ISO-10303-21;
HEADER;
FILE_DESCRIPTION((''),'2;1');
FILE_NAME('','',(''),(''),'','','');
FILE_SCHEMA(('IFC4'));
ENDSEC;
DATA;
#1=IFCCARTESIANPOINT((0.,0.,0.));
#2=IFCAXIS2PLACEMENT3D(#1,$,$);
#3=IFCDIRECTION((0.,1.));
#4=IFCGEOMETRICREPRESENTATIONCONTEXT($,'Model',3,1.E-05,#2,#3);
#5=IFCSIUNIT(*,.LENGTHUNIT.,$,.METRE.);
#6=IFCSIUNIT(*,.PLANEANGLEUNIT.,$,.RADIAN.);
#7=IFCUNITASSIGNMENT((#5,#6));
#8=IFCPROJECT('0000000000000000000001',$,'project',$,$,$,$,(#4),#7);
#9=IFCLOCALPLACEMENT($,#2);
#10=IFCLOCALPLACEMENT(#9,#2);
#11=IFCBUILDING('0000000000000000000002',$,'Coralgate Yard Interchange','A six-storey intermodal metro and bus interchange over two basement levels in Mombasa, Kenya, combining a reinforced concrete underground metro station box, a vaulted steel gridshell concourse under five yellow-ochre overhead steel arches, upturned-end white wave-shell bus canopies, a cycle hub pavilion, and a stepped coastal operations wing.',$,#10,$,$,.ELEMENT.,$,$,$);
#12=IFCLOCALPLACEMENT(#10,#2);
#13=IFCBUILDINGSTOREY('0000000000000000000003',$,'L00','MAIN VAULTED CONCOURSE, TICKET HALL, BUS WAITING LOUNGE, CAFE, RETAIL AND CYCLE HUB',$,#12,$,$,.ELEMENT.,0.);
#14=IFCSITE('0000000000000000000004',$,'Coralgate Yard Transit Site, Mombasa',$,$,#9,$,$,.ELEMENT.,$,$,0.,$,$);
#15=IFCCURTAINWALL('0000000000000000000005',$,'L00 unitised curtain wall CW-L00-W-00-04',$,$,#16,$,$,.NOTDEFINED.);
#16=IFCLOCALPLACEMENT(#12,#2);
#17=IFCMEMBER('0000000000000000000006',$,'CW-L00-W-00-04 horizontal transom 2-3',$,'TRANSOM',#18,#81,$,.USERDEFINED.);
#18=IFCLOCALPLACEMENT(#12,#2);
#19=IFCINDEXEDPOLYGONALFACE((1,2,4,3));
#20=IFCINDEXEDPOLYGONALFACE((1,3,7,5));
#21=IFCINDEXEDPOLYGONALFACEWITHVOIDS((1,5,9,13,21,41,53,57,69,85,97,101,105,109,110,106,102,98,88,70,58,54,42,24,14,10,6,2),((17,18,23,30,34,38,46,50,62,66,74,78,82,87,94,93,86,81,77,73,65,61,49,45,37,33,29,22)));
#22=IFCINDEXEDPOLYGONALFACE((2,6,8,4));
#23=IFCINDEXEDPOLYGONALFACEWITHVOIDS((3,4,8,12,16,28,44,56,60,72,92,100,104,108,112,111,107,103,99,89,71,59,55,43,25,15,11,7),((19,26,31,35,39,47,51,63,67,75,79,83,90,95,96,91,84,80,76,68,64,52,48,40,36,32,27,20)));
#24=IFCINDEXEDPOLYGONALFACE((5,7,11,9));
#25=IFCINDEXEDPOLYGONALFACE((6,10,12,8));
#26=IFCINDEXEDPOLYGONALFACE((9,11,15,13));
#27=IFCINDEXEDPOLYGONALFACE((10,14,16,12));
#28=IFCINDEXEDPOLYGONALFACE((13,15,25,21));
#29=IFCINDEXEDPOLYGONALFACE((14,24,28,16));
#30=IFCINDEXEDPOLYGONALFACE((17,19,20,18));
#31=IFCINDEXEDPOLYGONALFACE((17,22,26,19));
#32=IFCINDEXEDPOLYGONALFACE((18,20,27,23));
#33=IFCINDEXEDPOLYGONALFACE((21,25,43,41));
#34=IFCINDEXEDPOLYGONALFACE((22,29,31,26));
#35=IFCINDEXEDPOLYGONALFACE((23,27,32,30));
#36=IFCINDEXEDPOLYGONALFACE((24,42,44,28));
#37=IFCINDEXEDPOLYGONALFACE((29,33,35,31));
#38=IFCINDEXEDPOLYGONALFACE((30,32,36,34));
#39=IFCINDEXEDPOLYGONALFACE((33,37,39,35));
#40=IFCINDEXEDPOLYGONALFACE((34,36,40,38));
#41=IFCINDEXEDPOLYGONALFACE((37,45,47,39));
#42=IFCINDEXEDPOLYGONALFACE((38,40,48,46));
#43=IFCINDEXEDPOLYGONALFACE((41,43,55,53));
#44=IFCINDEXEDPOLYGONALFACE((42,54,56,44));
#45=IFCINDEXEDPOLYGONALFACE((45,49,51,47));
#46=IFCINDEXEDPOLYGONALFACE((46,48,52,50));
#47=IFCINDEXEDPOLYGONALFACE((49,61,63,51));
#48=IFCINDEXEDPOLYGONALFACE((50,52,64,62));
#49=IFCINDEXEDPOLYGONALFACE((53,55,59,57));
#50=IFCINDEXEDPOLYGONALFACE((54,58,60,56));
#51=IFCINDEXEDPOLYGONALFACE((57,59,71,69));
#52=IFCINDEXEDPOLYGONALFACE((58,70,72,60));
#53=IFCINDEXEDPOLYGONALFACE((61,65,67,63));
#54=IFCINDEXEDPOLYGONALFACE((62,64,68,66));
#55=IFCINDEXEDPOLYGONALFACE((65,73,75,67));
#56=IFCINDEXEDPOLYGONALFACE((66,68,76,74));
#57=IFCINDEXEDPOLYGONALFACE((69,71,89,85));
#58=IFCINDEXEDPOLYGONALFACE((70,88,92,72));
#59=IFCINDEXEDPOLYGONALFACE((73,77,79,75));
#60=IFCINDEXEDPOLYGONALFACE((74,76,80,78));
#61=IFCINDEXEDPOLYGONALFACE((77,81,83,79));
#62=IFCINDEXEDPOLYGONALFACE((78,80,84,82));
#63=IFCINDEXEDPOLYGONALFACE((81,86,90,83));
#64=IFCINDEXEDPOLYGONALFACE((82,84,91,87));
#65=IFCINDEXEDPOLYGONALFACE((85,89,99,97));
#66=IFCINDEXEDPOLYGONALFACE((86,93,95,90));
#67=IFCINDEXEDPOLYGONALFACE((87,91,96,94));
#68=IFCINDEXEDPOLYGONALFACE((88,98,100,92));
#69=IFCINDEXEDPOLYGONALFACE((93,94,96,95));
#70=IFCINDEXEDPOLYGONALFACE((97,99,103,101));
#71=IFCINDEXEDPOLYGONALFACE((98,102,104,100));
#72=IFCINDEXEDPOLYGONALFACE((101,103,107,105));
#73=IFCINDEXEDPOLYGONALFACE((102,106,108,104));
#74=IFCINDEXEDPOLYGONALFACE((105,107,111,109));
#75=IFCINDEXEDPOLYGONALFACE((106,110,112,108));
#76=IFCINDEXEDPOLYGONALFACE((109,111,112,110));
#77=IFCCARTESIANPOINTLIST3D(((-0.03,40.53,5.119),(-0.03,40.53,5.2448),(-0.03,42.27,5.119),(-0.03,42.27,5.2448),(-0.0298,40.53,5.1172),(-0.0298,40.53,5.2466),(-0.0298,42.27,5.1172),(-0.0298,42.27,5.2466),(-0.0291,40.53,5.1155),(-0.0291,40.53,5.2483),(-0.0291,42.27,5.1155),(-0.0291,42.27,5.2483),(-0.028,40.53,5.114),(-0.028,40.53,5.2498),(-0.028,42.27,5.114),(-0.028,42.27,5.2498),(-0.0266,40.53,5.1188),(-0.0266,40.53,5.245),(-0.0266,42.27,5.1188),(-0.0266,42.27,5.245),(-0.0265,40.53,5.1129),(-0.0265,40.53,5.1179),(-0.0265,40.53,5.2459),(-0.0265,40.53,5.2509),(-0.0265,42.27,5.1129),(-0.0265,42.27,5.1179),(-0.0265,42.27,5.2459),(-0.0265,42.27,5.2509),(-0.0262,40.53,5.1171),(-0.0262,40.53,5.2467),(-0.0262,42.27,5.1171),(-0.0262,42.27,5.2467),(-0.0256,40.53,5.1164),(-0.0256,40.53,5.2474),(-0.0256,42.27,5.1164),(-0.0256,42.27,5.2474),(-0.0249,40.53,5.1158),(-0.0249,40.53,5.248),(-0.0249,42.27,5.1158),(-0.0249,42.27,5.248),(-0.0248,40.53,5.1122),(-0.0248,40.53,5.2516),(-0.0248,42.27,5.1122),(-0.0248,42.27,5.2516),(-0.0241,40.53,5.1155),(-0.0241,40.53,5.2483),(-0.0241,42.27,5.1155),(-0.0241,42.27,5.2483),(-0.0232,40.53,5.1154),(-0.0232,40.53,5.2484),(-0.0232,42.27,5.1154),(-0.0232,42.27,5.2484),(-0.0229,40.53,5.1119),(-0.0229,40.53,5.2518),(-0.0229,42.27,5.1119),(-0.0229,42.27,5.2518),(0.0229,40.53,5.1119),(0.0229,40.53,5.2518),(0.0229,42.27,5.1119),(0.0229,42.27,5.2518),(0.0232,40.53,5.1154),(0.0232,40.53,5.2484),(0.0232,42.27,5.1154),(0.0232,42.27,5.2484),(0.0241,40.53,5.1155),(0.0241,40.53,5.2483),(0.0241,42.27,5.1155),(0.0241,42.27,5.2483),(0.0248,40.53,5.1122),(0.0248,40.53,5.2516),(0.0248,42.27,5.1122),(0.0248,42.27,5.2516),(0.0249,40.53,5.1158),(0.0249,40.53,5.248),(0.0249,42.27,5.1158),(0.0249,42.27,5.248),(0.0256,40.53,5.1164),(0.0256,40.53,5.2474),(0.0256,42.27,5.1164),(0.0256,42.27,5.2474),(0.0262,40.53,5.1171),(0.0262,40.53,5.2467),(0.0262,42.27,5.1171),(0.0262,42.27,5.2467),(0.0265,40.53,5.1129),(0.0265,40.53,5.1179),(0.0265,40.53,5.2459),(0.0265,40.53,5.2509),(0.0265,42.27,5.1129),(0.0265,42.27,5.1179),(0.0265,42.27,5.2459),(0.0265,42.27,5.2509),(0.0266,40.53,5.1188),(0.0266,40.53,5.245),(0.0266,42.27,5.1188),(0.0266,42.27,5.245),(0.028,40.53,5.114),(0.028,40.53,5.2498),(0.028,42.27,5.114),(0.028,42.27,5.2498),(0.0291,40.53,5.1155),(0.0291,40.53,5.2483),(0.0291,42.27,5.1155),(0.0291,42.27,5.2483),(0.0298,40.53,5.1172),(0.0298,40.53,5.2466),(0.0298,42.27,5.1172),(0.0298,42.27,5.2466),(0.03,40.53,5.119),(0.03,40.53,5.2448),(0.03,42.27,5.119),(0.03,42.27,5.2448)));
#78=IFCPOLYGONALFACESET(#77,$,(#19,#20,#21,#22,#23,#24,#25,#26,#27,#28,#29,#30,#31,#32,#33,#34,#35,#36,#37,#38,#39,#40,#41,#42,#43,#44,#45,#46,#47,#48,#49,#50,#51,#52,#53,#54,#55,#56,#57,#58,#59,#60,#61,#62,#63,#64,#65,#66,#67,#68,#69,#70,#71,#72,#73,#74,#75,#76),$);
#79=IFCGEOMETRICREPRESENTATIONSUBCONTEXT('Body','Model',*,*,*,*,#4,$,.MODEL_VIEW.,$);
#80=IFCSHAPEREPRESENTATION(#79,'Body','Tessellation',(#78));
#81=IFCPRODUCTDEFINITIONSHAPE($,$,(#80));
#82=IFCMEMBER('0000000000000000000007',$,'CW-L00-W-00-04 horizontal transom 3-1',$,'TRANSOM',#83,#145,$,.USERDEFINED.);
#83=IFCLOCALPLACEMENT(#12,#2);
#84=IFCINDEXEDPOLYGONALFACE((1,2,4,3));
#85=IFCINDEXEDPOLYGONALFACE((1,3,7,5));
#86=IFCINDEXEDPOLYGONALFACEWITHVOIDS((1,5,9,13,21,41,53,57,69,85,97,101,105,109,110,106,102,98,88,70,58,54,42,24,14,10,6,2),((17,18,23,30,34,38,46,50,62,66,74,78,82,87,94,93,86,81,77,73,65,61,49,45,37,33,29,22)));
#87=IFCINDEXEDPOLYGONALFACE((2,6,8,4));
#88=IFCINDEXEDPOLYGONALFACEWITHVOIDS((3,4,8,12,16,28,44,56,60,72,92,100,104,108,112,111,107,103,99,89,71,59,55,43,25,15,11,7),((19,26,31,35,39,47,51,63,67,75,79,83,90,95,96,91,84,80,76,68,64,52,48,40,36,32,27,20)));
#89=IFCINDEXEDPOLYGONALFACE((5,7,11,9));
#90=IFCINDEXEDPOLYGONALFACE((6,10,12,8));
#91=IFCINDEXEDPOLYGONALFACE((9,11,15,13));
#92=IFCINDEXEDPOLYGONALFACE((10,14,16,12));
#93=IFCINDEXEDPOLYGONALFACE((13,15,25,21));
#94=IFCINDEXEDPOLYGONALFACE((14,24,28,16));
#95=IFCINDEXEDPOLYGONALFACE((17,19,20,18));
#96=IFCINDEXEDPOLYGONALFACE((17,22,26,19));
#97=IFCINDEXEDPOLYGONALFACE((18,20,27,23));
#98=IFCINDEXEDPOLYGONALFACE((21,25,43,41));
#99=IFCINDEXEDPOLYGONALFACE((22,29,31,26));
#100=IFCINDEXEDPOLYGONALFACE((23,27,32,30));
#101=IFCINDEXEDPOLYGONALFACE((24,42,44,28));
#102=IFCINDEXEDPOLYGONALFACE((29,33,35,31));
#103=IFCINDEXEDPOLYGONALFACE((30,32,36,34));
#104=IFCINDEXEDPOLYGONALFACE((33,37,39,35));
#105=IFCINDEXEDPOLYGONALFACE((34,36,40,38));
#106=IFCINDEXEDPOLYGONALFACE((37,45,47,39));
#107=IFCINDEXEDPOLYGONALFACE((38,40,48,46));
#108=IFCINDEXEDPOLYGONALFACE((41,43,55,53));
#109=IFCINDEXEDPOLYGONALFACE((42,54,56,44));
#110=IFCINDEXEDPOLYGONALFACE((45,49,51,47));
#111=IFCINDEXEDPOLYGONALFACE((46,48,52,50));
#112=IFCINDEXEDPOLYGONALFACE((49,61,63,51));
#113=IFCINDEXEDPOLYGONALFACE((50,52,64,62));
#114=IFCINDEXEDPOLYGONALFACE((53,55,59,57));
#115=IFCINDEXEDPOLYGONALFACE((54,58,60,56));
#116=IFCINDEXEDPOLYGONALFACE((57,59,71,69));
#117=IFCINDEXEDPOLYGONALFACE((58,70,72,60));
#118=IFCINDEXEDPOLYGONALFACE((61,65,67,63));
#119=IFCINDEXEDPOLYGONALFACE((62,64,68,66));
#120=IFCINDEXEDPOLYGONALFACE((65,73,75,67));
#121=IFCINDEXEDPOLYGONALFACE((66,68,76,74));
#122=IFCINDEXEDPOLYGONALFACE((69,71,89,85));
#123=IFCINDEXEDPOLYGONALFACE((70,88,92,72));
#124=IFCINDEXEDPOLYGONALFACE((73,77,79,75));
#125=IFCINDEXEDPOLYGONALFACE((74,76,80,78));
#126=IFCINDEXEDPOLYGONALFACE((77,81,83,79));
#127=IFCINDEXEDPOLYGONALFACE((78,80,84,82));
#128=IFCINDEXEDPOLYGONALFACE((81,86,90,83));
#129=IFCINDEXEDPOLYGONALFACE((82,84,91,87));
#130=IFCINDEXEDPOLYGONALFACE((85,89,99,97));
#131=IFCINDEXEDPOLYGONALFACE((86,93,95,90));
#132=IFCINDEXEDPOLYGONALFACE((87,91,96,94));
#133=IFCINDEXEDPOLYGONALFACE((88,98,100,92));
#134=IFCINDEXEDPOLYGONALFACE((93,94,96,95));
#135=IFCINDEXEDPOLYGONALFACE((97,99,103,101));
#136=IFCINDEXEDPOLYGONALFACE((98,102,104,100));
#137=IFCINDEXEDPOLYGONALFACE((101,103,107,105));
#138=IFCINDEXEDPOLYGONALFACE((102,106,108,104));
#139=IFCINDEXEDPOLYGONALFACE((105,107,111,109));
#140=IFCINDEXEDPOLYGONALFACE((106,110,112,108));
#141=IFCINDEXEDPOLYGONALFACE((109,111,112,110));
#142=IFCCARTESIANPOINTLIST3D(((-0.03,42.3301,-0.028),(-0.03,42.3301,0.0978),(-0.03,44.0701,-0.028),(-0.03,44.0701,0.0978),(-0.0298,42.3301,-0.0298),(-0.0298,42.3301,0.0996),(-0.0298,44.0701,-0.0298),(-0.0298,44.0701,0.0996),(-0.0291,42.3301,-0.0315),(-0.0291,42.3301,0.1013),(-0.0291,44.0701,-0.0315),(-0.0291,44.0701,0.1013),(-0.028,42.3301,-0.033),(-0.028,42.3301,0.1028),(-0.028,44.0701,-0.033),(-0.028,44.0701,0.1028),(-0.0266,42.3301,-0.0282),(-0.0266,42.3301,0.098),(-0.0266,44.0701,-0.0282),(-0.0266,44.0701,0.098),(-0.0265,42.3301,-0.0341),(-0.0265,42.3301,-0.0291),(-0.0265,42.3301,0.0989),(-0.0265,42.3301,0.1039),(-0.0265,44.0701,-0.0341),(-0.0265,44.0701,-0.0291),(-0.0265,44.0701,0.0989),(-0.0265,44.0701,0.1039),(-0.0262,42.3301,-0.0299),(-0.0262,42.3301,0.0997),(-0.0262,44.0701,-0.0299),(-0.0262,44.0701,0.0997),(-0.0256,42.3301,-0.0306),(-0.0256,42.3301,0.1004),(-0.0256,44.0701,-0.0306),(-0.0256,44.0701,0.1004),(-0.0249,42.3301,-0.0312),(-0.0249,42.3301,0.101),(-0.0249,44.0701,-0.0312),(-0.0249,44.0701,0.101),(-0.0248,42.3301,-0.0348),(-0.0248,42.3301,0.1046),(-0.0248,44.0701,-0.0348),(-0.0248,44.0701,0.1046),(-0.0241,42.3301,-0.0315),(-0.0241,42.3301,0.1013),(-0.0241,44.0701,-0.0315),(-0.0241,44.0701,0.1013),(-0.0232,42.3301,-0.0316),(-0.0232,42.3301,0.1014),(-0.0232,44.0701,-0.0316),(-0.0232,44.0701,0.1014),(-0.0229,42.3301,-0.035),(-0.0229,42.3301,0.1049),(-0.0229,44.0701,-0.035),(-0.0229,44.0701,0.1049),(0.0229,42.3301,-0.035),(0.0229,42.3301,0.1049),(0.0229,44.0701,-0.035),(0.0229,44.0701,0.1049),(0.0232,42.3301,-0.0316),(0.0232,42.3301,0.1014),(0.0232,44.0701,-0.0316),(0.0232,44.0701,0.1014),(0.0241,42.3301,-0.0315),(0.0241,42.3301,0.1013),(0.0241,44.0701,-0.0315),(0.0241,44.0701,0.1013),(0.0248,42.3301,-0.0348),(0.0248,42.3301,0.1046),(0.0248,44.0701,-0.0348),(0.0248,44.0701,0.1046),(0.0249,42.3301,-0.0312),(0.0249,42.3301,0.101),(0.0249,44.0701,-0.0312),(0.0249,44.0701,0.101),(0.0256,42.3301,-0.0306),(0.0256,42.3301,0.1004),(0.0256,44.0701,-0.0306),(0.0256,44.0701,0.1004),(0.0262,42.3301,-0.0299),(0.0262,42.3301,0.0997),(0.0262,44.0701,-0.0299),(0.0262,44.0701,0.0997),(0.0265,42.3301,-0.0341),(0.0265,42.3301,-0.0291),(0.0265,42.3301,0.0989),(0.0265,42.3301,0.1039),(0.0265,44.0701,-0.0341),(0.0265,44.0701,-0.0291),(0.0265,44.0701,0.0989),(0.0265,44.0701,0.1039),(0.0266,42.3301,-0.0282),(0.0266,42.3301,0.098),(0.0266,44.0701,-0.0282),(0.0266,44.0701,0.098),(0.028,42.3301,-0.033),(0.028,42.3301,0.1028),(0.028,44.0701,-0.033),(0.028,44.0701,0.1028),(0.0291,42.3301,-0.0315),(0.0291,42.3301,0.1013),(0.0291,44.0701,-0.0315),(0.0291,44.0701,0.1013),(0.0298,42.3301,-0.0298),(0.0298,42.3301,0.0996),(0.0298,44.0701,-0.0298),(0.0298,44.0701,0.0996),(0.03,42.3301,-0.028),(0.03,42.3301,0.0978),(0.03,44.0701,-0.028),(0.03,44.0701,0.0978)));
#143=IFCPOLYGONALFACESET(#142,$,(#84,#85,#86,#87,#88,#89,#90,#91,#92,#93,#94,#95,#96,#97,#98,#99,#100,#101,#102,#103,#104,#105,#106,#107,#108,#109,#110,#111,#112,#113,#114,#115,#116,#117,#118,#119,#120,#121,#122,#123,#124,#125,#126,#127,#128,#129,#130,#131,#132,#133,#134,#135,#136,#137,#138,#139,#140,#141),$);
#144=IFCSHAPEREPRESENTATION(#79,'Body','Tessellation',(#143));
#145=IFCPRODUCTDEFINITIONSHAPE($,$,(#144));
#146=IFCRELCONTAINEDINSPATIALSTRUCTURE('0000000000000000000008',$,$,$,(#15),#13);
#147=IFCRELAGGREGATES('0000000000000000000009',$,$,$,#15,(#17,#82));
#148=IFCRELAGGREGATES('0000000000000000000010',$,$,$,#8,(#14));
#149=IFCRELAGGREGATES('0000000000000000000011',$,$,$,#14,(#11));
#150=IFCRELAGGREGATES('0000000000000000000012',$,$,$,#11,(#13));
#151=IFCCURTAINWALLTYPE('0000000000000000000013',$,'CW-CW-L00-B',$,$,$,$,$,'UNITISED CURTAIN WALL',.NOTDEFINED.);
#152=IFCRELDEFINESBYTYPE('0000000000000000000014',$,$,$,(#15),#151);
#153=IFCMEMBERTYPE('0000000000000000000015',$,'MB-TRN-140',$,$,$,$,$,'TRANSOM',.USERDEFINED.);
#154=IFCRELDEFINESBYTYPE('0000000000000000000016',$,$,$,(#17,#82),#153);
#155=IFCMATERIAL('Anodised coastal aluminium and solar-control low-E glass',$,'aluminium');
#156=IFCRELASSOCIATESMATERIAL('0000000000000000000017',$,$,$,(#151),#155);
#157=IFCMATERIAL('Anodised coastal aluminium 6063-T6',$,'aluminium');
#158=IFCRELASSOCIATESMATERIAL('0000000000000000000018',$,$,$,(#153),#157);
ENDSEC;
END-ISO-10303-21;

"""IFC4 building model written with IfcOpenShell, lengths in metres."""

from ifc_helpers import new_model, si_unit, direction, frame, origin, origin_2d, place, context, subcontext, project, spatial, hollow_rectangle, extrude, material, material_profile, profile_set, type_object, element, aggregate, save


model = new_model("IFC4")

# Units and contexts
model_context = context("Model", 3, precision=1e-05, world=origin(), true_north=direction((0.0, 1.0)))
body_context = subcontext(model_context, "Body", "Model", "MODEL_VIEW")
ifc_project = project(units=[si_unit("LENGTHUNIT", "METRE"), si_unit("PLANEANGLEUNIT", "RADIAN")], contexts=[model_context])

# Site, building, storey
site_placement = place(None, origin())
site = spatial("IfcSite", under=ifc_project, at=site_placement, Name="Coralgate Yard Transit Site, Mombasa", CompositionType="ELEMENT", RefElevation=0.0)
building_placement = place(site_placement, origin())
building = spatial("IfcBuilding", under=site, at=building_placement, Name="Coralgate Yard Interchange", Description="A six-storey intermodal metro and bus interchange over two basement levels in Mombasa, Kenya, combining a reinforced concrete underground metro station box, a vaulted steel gridshell concourse under five yellow-ochre overhead steel arches, upturned-end white wave-shell bus canopies, a cycle hub pavilion, and a stepped coastal operations wing.", CompositionType="ELEMENT")
storey_placement = place(building_placement, origin())
storey = spatial("IfcBuildingStorey", under=building, at=storey_placement, Name="L00", Description="MAIN VAULTED CONCOURSE, TICKET HALL, BUS WAITING LOUNGE, CAFE, RETAIL AND CYCLE HUB", CompositionType="ELEMENT", Elevation=0.0)

# Curtain wall, members
ifc_material_1 = material(Name="Anodised coastal aluminium and solar-control low-E glass", Category="aluminium")
curtain_wall_type = type_object("IfcCurtainWallType", Name="CW-CW-L00-B", ElementType="UNITISED CURTAIN WALL", PredefinedType="NOTDEFINED", material=ifc_material_1)
curtain_wall_placement = place(storey_placement, origin())
curtain_wall = element("IfcCurtainWall", 1, at=curtain_wall_placement, inside=storey, type_object=curtain_wall_type, Name="L00 unitised curtain wall CW-L00-W-00-04", PredefinedType="NOTDEFINED")
ifc_material_2 = material(Name="Anodised coastal aluminium 6063-T6", Category="aluminium")
ifc_material_profile_1 = material_profile(ifc_material_2, hollow_rectangle(XDim=0.0601, YDim=0.1399, WallThickness=0.0034, InnerFilletRadius=0.0034, OuterFilletRadius=0.0071, at=origin_2d()), Name="ALU 60x140x3.5")
ifc_profile_set_1 = profile_set([ifc_material_profile_1], Name="Anodised coastal aluminium 6063-T6")
member_type_1 = type_object("IfcMemberType", Name="MB-TRN-140", ElementType="TRANSOM", PredefinedType="USERDEFINED", material=ifc_profile_set_1)
member_1_placement = place(storey_placement, frame((0.0, 40.53, 5.1819), z_axis=(0.0, 1.0, 0.0), x_axis=(-1.0, 0.0, 0.0)))
member_1 = element("IfcMember", 2, at=member_1_placement, type_object=member_type_1, Name="CW-L00-W-00-04 horizontal transom 2-3", ObjectType="TRANSOM", PredefinedType="USERDEFINED", context=body_context, shape_type="SweptSolid", body=[
    extrude(hollow_rectangle(XDim=0.0601, YDim=0.1399, WallThickness=0.0034, InnerFilletRadius=0.0034, OuterFilletRadius=0.0071, at=origin_2d()), origin(), (0.0, 0.0, 1.0), 1.74),
])
member_2_placement = place(storey_placement, frame((0.0, 42.3301, 0.0349), z_axis=(0.0, 1.0, 0.0), x_axis=(-1.0, 0.0, 0.0)))
member_2 = element("IfcMember", 3, at=member_2_placement, type_object=member_type_1, Name="CW-L00-W-00-04 horizontal transom 3-1", ObjectType="TRANSOM", PredefinedType="USERDEFINED", context=body_context, shape_type="SweptSolid", body=[
    extrude(hollow_rectangle(XDim=0.0601, YDim=0.1399, WallThickness=0.0034, InnerFilletRadius=0.0034, OuterFilletRadius=0.0071, at=origin_2d()), origin(), (0.0, 0.0, 1.0), 1.74),
])
aggregate(curtain_wall, [member_1, member_2])

save(model, "model.ifc")
